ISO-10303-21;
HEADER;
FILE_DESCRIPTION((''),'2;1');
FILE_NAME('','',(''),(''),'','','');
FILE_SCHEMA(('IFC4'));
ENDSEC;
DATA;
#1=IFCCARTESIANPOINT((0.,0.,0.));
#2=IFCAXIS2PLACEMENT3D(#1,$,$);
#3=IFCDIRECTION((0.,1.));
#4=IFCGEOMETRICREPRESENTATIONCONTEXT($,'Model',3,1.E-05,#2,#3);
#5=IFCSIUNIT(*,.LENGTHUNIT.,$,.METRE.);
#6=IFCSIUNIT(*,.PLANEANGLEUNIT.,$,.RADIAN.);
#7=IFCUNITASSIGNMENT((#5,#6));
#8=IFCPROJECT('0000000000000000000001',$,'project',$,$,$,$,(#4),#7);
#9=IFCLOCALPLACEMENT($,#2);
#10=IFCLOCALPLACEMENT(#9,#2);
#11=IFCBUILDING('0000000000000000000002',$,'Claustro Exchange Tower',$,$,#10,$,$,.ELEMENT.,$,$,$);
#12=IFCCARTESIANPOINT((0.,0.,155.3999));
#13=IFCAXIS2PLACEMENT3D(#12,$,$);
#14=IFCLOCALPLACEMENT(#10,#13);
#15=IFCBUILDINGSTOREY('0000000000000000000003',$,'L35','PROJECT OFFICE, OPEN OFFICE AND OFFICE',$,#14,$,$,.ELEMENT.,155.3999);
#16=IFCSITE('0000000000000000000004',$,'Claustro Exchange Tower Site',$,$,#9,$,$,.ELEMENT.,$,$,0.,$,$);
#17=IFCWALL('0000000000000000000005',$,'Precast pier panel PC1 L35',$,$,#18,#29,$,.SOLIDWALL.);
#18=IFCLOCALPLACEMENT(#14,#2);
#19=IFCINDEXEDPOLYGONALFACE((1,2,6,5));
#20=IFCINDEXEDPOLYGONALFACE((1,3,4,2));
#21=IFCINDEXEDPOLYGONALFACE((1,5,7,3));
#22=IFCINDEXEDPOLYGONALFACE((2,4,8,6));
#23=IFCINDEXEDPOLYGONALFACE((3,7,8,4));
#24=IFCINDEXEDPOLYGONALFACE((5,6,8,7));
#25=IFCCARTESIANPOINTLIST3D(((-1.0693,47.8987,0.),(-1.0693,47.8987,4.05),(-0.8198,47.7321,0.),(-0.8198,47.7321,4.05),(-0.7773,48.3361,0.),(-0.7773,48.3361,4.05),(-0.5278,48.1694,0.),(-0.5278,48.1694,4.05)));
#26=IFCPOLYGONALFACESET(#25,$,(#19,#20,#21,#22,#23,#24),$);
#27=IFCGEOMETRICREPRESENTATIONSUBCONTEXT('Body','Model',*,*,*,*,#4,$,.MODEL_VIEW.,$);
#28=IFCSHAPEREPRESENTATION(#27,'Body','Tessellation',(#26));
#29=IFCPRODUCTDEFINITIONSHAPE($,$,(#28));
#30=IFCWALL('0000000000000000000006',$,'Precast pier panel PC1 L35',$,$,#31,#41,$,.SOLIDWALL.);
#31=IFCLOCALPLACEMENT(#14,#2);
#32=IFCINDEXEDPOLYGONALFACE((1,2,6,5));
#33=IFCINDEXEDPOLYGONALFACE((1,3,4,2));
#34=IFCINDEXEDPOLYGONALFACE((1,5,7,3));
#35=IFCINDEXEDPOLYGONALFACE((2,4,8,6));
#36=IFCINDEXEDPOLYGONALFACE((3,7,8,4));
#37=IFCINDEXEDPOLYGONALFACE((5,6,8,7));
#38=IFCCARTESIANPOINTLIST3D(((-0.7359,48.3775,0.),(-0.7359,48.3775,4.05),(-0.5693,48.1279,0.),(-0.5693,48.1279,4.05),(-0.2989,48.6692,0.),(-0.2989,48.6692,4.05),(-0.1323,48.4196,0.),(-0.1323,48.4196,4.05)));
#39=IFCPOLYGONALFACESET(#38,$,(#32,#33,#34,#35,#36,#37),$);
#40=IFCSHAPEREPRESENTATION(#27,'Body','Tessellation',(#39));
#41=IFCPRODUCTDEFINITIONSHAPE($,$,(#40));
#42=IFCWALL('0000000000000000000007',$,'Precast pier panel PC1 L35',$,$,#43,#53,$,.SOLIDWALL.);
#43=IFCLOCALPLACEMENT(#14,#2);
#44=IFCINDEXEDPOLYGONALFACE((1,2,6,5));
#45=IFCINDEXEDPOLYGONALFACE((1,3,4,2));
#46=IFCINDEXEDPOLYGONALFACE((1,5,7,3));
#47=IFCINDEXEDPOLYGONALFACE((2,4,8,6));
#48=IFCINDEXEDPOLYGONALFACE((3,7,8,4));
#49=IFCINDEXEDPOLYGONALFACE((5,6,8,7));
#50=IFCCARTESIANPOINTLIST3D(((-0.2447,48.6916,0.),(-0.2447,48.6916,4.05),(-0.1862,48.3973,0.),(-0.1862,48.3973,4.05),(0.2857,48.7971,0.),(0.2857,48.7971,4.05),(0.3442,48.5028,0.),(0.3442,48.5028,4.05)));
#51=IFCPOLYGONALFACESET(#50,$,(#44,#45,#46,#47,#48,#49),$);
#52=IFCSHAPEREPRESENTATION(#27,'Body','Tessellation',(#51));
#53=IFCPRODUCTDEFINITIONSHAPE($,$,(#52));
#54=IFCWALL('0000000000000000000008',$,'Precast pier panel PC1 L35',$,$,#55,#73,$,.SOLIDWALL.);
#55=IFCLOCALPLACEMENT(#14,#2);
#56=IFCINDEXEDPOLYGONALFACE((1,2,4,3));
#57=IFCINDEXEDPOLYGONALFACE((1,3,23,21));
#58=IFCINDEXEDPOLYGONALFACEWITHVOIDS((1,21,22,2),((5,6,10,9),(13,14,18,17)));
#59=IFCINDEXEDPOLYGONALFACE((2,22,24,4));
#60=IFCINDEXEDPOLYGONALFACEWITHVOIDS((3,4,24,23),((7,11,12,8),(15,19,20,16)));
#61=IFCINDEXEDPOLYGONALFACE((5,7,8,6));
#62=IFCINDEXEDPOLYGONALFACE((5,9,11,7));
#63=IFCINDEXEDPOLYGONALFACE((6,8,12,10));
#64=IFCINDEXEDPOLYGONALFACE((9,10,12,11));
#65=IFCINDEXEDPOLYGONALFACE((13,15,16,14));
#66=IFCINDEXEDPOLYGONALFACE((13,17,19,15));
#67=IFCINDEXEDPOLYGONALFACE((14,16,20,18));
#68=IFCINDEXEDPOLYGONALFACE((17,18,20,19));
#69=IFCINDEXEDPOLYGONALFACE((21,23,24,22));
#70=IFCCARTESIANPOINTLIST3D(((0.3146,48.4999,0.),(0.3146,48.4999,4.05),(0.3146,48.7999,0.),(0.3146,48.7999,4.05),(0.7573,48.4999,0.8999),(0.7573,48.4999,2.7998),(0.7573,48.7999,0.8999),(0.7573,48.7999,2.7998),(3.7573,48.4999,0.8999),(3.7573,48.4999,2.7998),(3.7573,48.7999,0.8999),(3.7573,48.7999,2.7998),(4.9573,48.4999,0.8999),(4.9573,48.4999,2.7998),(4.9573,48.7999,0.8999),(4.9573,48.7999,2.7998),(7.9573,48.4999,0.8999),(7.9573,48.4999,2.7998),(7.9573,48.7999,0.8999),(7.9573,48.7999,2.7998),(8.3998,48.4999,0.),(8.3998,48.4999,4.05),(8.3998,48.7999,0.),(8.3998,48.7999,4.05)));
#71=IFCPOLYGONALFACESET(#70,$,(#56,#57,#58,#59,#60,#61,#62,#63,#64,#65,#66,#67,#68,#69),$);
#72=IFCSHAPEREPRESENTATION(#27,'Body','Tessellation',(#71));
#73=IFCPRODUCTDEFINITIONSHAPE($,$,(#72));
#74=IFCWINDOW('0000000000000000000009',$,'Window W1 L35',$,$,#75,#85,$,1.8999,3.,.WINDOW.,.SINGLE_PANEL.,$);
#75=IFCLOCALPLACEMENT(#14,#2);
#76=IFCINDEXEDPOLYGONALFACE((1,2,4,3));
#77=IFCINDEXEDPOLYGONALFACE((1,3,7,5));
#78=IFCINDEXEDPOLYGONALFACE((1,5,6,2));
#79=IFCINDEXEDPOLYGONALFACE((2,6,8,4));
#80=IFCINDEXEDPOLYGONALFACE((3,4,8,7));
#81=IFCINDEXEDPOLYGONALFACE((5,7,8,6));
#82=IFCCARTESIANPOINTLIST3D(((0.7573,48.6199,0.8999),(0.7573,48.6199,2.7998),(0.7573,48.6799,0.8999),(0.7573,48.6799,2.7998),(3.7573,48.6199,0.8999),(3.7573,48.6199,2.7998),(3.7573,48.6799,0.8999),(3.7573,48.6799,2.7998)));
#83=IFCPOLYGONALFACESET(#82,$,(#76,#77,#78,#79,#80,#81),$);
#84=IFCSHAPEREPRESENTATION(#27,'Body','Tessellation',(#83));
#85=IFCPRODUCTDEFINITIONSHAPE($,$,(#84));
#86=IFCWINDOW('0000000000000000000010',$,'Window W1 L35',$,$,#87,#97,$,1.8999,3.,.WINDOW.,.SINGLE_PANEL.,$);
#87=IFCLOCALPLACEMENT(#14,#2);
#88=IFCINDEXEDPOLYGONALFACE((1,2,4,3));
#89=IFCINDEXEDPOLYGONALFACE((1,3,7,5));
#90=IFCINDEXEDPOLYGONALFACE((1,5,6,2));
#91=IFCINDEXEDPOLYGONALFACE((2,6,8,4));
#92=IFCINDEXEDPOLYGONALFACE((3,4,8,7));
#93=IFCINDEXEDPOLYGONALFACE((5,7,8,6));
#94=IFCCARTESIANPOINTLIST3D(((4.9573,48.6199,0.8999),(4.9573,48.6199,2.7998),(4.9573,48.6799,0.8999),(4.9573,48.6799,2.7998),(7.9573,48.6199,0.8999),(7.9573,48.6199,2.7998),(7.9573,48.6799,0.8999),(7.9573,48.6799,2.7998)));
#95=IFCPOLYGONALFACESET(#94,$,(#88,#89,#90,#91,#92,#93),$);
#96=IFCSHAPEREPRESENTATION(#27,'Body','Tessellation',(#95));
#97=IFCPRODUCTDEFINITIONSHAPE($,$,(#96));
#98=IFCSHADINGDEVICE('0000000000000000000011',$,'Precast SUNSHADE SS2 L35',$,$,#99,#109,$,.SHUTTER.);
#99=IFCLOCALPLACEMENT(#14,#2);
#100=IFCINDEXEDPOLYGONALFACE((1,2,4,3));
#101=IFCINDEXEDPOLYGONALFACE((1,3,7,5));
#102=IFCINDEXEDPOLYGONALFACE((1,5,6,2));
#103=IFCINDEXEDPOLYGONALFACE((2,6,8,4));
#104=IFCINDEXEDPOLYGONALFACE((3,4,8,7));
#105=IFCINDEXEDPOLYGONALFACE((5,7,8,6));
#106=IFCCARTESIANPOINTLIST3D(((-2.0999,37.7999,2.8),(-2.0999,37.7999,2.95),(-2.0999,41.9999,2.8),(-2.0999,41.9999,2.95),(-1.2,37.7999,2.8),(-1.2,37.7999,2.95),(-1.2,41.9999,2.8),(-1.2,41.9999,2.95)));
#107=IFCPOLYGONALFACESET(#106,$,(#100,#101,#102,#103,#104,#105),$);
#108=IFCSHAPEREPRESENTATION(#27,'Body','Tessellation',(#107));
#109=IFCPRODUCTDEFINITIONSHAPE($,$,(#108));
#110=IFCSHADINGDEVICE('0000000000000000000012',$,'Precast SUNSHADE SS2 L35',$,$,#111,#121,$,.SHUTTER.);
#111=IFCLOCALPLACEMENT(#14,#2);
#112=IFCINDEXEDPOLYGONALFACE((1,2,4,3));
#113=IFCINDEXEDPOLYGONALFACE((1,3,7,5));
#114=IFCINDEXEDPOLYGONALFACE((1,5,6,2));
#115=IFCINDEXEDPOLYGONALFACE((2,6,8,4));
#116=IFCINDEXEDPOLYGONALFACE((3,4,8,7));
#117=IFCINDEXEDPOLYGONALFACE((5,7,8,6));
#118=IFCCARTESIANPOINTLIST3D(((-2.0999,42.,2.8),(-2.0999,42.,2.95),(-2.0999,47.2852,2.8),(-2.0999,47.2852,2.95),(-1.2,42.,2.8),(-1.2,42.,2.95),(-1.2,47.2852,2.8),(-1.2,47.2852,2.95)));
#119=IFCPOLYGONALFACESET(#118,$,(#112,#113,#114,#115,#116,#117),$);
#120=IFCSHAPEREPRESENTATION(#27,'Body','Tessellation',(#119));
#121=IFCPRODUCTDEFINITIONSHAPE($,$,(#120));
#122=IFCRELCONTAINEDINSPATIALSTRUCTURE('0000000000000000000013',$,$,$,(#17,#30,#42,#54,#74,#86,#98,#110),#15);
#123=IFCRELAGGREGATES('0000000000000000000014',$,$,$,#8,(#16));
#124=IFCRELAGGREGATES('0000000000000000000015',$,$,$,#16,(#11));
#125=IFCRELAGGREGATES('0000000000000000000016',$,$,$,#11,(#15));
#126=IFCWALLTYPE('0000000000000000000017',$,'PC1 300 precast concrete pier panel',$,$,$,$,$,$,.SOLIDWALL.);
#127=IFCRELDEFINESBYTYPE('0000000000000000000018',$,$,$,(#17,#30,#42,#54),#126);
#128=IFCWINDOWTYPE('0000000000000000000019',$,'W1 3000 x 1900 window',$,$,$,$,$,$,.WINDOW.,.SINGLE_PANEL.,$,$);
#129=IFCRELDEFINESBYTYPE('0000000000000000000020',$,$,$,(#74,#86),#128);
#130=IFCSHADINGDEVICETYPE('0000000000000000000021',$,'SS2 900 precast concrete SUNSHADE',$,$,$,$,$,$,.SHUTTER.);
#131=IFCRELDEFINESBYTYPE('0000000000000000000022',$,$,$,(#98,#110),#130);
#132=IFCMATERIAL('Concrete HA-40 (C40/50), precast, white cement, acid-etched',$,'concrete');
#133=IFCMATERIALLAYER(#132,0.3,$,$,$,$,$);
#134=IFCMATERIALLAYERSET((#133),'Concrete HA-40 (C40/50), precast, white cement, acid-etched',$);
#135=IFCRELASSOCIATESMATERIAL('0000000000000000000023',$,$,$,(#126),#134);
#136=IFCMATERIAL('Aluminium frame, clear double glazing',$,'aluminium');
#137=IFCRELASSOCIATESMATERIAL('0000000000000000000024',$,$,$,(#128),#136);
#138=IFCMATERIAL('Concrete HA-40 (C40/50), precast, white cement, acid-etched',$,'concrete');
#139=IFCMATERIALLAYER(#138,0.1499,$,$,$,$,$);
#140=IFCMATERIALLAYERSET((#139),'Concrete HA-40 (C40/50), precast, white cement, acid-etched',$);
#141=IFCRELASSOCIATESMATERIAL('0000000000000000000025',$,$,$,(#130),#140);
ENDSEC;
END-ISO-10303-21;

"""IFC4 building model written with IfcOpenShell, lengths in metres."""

from ifc_helpers import new_model, si_unit, direction, frame, frame_2d, origin, origin_2d, place, context, subcontext, project, spatial, rectangle, extrude, material, layer, layer_set, type_object, element, fill, save


model = new_model("IFC4")

# Units and contexts
model_context = context("Model", 3, precision=1e-05, world=origin(), true_north=direction((0.0, 1.0)))
body_context = subcontext(model_context, "Body", "Model", "MODEL_VIEW")
ifc_project = project(units=[si_unit("LENGTHUNIT", "METRE"), si_unit("PLANEANGLEUNIT", "RADIAN")], contexts=[model_context])

# Site, building, storey
site_placement = place(None, origin())
site = spatial("IfcSite", under=ifc_project, at=site_placement, Name="Claustro Exchange Tower Site", CompositionType="ELEMENT", RefElevation=0.0)
building_placement = place(site_placement, origin())
building = spatial("IfcBuilding", under=site, at=building_placement, Name="Claustro Exchange Tower", CompositionType="ELEMENT")
storey_placement = place(building_placement, frame((0.0, 0.0, 155.3999)))
storey = spatial("IfcBuildingStorey", under=building, at=storey_placement, Name="L35", Description="PROJECT OFFICE, OPEN OFFICE AND OFFICE", CompositionType="ELEMENT", Elevation=155.3999)

# Shared definitions
ifc_material_1 = material(Name="Concrete HA-40 (C40/50), precast, white cement, acid-etched", Category="concrete")
ifc_layer_1 = layer(ifc_material_1, 0.3)
ifc_layer_set_1 = layer_set([ifc_layer_1], Name="Concrete HA-40 (C40/50), precast, white cement, acid-etched")
wall_type_1 = type_object("IfcWallType", Name="PC1 300 precast concrete pier panel", PredefinedType="SOLIDWALL", material=ifc_layer_set_1)

# Walls
wall_1_placement = place(storey_placement, frame((-0.9446, 47.8154, 0.0), z_axis=(0.0, 0.0, 1.0), x_axis=(0.555343, 0.831621, 0.0)))
element("IfcWall", 1, at=wall_1_placement, inside=storey, type_object=wall_type_1, Name="Precast pier panel PC1 L35", PredefinedType="SOLIDWALL", context=body_context, shape_type="SweptSolid", body=[
    extrude(rectangle(XDim=0.5259, YDim=0.3, at=frame_2d((0.2629, 0.0))), origin(), (0.0, 0.0, 1.0), 4.05),
])
wall_2_placement = place(storey_placement, frame((-0.6526, 48.2527, 0.0), z_axis=(0.0, 0.0, 1.0), x_axis=(0.831693, 0.555236, 0.0)))
element("IfcWall", 2, at=wall_2_placement, inside=storey, type_object=wall_type_1, Name="Precast pier panel PC1 L35", PredefinedType="SOLIDWALL", context=body_context, shape_type="SweptSolid", body=[
    extrude(rectangle(XDim=0.5254, YDim=0.3, at=frame_2d((0.2627, 0.0))), origin(), (0.0, 0.0, 1.0), 4.05),
])
wall_3_placement = place(storey_placement, frame((-0.2156, 48.5444, 0.0), z_axis=(0.0, 0.0, 1.0), x_axis=(0.980789, 0.195074, 0.0)))
element("IfcWall", 3, at=wall_3_placement, inside=storey, type_object=wall_type_1, Name="Precast pier panel PC1 L35", PredefinedType="SOLIDWALL", context=body_context, shape_type="SweptSolid", body=[
    extrude(rectangle(XDim=0.5408, YDim=0.3, at=frame_2d((0.2705, 0.0))), origin(), (0.0, 0.0, 1.0), 4.05),
])

# Wall, openings, windows
wall_4_placement = place(storey_placement, frame((0.3147, 48.6499, 0.0), z_axis=(0.0, 0.0, 1.0), x_axis=(1.0, 0.0, 0.0)))
wall_4 = element("IfcWall", 4, at=wall_4_placement, inside=storey, type_object=wall_type_1, Name="Precast pier panel PC1 L35", PredefinedType="SOLIDWALL", context=body_context, shape_type="SweptSolid", body=[
    extrude(rectangle(XDim=8.0852, YDim=0.3, at=frame_2d((4.0425, 0.0))), origin(), (0.0, 0.0, 1.0), 4.05),
])
opening_1_placement = place(wall_4_placement, frame((0.4426, 0.0, 0.8999)))
opening_1 = element("IfcOpeningElement", 5, at=opening_1_placement, cuts=wall_4, PredefinedType="OPENING", context=body_context, shape_type="SweptSolid", body=[
    extrude(rectangle(XDim=3.0, YDim=1.8999, at=frame_2d((1.5, 0.95))), frame((0.0, 0.1599, 0.0), z_axis=(0.0, -1.0, 0.0), x_axis=(1.0, 0.0, 0.0)), (0.0, 0.0, 1.0), 0.3201),
])
opening_2_placement = place(wall_4_placement, frame((4.6426, 0.0, 0.8999)))
opening_2 = element("IfcOpeningElement", 6, at=opening_2_placement, cuts=wall_4, PredefinedType="OPENING", context=body_context, shape_type="SweptSolid", body=[
    extrude(rectangle(XDim=3.0, YDim=1.8999, at=frame_2d((1.5, 0.95))), frame((0.0, 0.1599, 0.0), z_axis=(0.0, -1.0, 0.0), x_axis=(1.0, 0.0, 0.0)), (0.0, 0.0, 1.0), 0.3201),
])
ifc_material_2 = material(Name="Aluminium frame, clear double glazing", Category="aluminium")
window_type_1 = type_object("IfcWindowType", Name="W1 3000 x 1900 window", PartitioningType="SINGLE_PANEL", PredefinedType="WINDOW", material=ifc_material_2)
window_1_placement = place(opening_1_placement, origin())
window_1 = element("IfcWindow", 7, at=window_1_placement, inside=storey, type_object=window_type_1, Name="Window W1 L35", OverallHeight=1.8999, OverallWidth=3.0, PartitioningType="SINGLE_PANEL", PredefinedType="WINDOW", context=body_context, shape_type="SweptSolid", body=[
    extrude(rectangle(XDim=3.0, YDim=1.8999, at=frame_2d((1.5, 0.95))), frame((0.0, 0.03, 0.0), z_axis=(0.0, -1.0, 0.0), x_axis=(1.0, 0.0, 0.0)), (0.0, 0.0, 1.0), 0.0601),
])
fill(opening_1, window_1)
window_2_placement = place(opening_2_placement, origin())
window_2 = element("IfcWindow", 8, at=window_2_placement, inside=storey, type_object=window_type_1, Name="Window W1 L35", OverallHeight=1.8999, OverallWidth=3.0, PartitioningType="SINGLE_PANEL", PredefinedType="WINDOW", context=body_context, shape_type="SweptSolid", body=[
    extrude(rectangle(XDim=3.0, YDim=1.8999, at=frame_2d((1.5, 0.95))), frame((0.0, 0.03, 0.0), z_axis=(0.0, -1.0, 0.0), x_axis=(1.0, 0.0, 0.0)), (0.0, 0.0, 1.0), 0.0601),
])
fill(opening_2, window_2)

# Shading devices
ifc_material_3 = material(Name="Concrete HA-40 (C40/50), precast, white cement, acid-etched", Category="concrete")
ifc_layer_2 = layer(ifc_material_3, 0.1499)
ifc_layer_set_2 = layer_set([ifc_layer_2], Name="Concrete HA-40 (C40/50), precast, white cement, acid-etched")
shading_device_type = type_object("IfcShadingDeviceType", Name="SS2 900 precast concrete SUNSHADE", PredefinedType="SHUTTER", material=ifc_layer_set_2)
shading_device_1_placement = place(storey_placement, frame((-1.6499, 39.8999, 2.8), z_axis=(0.0, 0.0, 1.0), x_axis=(0.0, 1.0, 0.0)))
element("IfcShadingDevice", 9, at=shading_device_1_placement, inside=storey, type_object=shading_device_type, Name="Precast SUNSHADE SS2 L35", PredefinedType="SHUTTER", context=body_context, shape_type="SweptSolid", body=[
    extrude(rectangle(XDim=4.2, YDim=0.8999, at=origin_2d()), origin(), (0.0, 0.0, 1.0), 0.1499),
])
shading_device_2_placement = place(storey_placement, frame((-1.6499, 44.6426, 2.8), z_axis=(0.0, 0.0, 1.0), x_axis=(0.0, 1.0, 0.0)))
element("IfcShadingDevice", 10, at=shading_device_2_placement, inside=storey, type_object=shading_device_type, Name="Precast SUNSHADE SS2 L35", PredefinedType="SHUTTER", context=body_context, shape_type="SweptSolid", body=[
    extrude(rectangle(XDim=5.2852, YDim=0.8999, at=origin_2d()), origin(), (0.0, 0.0, 1.0), 0.1499),
])

save(model, "model.ifc")
